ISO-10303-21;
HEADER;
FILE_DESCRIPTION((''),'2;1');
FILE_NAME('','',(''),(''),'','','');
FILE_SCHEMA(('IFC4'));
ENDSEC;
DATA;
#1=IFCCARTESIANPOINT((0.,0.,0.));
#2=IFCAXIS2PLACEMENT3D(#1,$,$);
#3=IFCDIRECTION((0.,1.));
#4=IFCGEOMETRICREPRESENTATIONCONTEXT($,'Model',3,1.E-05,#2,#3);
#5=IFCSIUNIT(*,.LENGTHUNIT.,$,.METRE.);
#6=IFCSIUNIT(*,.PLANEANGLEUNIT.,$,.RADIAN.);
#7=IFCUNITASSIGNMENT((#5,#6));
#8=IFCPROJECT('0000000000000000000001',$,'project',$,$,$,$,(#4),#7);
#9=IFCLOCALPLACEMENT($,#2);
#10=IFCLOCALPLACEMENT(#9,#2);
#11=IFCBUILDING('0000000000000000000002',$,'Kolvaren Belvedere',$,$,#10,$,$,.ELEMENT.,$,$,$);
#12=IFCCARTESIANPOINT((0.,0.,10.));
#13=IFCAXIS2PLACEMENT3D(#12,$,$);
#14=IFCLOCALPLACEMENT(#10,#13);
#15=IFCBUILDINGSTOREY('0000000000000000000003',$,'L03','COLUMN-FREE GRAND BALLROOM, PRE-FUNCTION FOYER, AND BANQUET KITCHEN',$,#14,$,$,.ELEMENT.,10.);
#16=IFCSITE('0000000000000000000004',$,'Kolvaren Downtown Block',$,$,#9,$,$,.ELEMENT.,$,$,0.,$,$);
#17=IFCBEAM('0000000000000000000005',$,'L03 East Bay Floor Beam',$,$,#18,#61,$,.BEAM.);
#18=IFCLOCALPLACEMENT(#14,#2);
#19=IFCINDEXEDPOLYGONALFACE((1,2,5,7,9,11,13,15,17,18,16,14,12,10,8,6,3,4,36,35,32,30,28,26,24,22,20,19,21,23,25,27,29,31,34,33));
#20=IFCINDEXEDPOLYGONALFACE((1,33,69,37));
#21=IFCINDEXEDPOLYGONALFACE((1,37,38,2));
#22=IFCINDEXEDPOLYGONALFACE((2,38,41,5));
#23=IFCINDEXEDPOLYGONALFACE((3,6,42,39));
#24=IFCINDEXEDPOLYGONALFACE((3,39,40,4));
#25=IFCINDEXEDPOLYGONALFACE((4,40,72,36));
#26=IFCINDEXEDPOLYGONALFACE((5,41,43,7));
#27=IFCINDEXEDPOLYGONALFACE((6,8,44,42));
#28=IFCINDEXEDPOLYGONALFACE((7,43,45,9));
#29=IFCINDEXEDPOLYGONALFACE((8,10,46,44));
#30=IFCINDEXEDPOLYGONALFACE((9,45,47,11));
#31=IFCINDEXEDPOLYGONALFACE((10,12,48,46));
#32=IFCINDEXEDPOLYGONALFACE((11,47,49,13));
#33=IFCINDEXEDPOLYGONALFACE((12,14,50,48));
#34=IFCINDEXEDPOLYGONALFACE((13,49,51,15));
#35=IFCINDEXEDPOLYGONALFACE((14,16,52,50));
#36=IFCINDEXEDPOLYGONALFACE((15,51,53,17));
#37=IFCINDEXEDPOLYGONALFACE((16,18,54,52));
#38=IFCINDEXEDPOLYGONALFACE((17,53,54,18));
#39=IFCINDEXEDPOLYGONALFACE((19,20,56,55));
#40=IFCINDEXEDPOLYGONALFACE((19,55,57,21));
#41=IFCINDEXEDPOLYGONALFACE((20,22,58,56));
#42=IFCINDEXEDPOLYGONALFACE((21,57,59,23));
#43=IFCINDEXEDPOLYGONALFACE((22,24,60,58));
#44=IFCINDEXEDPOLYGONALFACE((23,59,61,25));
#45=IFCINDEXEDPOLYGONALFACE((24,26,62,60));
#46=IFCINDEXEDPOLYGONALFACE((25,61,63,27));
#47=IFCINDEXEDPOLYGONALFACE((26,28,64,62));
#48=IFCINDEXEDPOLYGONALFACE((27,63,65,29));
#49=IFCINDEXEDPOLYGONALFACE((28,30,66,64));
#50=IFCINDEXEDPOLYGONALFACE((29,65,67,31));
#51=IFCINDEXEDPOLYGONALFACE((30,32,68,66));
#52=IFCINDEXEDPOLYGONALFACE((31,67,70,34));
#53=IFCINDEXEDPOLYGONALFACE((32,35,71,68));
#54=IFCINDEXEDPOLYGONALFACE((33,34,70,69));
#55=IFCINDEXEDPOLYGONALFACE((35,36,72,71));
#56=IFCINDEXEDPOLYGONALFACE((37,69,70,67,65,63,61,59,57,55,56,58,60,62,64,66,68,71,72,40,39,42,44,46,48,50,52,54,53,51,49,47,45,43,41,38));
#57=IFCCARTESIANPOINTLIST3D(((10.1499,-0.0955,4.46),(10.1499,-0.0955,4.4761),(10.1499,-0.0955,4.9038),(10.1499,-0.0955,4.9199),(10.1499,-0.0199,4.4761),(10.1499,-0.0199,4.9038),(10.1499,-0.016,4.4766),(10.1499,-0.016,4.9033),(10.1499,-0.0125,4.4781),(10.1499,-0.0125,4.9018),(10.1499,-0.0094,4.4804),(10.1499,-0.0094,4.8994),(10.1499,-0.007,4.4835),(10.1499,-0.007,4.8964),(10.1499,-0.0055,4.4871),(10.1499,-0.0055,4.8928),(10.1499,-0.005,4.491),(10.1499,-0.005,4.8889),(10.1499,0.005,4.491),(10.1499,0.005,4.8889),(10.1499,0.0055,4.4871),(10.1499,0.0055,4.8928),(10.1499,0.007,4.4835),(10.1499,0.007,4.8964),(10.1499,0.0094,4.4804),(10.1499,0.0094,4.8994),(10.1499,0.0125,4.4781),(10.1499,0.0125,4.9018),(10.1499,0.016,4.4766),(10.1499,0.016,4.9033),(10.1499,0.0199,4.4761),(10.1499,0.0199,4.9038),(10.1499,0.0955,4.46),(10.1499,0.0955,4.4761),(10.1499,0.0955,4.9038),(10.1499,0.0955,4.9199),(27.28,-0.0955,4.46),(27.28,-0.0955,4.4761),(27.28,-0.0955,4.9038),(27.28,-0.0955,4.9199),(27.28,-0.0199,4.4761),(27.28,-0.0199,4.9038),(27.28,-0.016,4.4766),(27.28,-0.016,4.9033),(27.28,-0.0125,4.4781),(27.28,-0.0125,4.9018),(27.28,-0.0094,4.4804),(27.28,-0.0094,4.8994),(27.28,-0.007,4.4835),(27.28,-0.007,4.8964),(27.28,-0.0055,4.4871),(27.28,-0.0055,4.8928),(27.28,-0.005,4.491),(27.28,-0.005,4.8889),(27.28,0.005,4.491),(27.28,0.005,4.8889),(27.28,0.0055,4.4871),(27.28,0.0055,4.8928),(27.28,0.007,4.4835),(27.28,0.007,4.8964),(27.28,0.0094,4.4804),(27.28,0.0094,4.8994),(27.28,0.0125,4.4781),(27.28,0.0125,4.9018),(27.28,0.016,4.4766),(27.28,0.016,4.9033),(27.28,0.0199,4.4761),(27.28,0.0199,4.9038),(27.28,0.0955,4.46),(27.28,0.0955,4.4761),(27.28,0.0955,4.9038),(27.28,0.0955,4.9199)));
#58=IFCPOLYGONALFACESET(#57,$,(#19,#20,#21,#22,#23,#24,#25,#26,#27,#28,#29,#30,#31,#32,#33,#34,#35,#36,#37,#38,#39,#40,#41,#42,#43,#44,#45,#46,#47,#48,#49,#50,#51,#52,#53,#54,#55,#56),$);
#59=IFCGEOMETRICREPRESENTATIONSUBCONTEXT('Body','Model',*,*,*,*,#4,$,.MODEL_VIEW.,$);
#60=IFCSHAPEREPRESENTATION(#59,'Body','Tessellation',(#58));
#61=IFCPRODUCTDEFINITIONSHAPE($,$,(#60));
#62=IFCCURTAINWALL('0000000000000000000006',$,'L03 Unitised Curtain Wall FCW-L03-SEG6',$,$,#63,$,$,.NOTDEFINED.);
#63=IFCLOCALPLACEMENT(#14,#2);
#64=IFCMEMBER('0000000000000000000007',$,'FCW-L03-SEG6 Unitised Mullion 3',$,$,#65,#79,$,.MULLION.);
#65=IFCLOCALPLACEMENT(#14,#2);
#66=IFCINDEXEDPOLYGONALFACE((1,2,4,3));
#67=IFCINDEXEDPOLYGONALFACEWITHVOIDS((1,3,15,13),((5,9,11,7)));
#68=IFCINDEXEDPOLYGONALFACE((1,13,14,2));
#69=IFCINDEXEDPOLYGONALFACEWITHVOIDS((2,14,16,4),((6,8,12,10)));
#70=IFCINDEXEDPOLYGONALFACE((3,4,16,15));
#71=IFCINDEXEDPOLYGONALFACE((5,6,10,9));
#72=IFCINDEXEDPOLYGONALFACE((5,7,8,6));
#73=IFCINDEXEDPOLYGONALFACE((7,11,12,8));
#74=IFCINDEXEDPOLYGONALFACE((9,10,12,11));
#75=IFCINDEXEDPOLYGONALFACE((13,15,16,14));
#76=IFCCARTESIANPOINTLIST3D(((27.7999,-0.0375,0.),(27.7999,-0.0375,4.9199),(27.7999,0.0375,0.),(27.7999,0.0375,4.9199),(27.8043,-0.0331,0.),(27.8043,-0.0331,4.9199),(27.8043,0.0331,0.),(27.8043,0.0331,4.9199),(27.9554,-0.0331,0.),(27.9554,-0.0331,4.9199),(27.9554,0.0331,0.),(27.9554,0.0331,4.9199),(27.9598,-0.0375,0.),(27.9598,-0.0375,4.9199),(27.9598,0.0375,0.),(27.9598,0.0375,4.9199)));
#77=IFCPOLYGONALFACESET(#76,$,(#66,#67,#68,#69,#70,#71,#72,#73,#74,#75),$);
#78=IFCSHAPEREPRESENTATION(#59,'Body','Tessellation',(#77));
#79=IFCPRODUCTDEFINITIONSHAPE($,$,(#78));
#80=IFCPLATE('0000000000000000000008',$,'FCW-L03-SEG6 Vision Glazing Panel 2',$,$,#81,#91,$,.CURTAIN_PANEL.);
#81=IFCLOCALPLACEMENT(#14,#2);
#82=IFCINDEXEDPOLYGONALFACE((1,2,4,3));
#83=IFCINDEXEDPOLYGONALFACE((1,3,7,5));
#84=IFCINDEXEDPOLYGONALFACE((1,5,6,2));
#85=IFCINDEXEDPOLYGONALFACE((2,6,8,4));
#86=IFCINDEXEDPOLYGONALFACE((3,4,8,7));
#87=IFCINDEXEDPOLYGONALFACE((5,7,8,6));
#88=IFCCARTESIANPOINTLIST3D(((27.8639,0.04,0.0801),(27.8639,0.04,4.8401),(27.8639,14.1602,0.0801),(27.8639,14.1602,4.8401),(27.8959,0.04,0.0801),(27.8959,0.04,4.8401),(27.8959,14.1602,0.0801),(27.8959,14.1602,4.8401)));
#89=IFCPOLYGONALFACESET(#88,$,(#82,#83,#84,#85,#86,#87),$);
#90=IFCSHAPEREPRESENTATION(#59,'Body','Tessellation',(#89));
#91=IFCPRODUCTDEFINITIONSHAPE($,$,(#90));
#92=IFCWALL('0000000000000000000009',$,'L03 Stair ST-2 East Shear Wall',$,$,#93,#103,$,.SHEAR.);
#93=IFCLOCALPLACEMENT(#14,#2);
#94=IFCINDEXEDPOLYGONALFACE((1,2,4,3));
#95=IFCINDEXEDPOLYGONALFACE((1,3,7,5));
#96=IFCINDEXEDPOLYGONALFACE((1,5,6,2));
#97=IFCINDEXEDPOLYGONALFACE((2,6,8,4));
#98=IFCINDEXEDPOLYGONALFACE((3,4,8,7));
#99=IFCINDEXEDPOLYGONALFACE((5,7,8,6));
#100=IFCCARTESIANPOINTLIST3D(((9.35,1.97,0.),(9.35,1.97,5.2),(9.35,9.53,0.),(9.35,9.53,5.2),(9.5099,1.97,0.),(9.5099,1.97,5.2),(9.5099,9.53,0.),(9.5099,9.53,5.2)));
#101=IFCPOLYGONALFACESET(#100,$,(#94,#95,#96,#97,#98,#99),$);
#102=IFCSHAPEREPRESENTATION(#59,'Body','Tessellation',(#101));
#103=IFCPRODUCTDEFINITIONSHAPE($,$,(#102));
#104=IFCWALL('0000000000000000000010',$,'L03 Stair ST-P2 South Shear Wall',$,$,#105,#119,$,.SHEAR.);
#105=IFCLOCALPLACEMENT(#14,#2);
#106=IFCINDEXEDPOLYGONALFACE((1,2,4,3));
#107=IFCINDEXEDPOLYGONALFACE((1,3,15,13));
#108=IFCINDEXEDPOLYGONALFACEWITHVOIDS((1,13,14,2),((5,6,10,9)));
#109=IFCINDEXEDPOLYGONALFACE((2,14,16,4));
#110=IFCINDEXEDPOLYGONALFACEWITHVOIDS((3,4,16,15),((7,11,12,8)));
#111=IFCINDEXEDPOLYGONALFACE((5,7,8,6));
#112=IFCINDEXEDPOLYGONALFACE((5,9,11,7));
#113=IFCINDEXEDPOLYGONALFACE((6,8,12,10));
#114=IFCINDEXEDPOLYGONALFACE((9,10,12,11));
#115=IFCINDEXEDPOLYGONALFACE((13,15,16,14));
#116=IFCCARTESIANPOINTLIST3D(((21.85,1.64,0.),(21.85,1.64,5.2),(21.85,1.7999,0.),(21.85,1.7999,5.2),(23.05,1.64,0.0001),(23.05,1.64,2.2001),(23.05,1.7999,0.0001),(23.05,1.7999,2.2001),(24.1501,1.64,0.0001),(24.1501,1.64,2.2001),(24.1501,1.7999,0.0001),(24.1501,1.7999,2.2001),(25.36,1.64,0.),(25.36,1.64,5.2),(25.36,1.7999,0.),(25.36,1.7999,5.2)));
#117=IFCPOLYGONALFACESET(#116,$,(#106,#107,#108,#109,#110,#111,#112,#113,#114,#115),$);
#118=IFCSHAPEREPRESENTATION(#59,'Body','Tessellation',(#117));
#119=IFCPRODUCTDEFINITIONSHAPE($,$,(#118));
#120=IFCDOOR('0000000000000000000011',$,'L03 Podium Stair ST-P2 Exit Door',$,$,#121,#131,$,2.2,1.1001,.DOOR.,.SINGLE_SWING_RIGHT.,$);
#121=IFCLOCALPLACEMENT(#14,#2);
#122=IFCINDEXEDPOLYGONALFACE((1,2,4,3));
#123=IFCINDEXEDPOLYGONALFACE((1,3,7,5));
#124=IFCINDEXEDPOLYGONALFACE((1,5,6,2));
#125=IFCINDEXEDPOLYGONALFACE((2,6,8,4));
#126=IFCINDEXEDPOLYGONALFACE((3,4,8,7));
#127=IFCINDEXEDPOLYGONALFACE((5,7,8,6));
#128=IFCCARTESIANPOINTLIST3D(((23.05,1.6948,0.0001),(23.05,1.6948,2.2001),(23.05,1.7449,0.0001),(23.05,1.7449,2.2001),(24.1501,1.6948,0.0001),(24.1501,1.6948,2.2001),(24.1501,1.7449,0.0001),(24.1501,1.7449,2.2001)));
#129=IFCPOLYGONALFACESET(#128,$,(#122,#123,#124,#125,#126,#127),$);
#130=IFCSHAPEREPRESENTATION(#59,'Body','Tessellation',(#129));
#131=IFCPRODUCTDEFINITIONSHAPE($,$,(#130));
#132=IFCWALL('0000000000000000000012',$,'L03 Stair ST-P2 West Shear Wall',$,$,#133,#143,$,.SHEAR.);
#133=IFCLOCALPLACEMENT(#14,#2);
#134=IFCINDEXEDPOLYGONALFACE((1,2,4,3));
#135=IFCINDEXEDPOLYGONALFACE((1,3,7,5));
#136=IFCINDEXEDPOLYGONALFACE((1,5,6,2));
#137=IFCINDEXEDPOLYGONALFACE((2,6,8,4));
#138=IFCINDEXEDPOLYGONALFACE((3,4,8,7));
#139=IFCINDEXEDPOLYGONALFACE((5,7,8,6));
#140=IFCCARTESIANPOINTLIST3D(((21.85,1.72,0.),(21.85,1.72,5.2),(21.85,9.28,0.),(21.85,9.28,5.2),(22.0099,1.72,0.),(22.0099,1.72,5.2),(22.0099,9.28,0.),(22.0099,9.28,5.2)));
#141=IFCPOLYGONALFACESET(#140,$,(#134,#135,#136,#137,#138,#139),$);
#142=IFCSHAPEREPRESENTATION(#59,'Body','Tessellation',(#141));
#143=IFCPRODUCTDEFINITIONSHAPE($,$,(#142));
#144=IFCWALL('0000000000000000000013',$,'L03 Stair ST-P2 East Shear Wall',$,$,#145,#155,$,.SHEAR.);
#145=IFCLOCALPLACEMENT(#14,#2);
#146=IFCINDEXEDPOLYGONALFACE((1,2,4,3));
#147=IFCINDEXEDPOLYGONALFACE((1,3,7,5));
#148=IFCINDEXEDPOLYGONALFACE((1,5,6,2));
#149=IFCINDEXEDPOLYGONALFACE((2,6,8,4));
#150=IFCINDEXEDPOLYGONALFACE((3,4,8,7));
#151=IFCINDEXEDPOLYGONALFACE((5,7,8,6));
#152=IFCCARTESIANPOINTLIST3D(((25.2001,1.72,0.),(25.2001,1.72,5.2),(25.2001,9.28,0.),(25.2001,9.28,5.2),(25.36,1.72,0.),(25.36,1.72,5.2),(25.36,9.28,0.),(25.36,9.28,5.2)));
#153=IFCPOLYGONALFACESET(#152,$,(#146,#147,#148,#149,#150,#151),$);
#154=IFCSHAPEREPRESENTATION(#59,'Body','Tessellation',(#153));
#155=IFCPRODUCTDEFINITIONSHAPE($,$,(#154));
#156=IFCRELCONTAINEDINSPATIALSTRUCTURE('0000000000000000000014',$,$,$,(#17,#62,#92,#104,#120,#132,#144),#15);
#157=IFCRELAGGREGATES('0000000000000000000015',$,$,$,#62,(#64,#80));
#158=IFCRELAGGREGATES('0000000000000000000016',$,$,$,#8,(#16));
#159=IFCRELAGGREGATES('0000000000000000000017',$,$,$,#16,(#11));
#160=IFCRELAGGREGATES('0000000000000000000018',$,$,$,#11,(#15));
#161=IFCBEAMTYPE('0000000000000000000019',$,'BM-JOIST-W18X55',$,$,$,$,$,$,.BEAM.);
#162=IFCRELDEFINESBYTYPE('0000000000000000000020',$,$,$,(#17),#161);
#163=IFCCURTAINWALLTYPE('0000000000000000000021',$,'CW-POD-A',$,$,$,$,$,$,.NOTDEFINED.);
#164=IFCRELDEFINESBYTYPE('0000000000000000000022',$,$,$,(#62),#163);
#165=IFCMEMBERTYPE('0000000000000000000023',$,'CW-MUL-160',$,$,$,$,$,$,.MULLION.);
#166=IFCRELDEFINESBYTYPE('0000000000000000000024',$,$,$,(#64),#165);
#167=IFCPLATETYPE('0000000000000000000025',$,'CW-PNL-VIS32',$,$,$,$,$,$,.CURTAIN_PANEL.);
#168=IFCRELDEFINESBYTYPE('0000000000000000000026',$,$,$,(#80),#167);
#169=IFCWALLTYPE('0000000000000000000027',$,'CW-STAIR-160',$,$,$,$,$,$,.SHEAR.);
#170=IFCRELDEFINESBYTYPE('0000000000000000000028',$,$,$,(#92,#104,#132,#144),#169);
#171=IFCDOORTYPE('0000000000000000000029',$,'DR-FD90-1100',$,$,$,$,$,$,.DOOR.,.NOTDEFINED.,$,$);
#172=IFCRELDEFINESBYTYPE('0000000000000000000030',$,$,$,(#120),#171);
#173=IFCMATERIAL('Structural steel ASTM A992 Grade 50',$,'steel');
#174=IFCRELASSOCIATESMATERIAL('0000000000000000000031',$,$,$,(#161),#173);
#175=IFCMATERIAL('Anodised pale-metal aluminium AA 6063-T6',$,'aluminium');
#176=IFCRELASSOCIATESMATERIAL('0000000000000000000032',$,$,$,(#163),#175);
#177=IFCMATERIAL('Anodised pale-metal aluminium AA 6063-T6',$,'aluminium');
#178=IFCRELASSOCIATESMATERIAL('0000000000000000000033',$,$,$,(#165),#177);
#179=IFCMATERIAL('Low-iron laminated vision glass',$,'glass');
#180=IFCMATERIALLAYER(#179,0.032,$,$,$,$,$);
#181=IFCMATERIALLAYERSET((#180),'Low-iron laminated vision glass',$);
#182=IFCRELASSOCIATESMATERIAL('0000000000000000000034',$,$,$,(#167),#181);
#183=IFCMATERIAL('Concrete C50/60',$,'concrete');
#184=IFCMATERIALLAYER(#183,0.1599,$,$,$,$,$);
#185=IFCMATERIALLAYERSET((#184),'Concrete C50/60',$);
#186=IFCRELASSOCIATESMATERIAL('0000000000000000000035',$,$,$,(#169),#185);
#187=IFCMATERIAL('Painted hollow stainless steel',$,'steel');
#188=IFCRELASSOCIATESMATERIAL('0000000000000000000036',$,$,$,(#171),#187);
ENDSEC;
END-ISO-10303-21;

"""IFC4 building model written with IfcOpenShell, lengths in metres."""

from ifc_helpers import new_model, si_unit, direction, frame, frame_2d, origin, origin_2d, place, context, subcontext, project, spatial, rectangle, hollow_rectangle, i_section, extrude, material, layer, layer_set, material_profile, profile_set, type_object, element, fill, aggregate, save


model = new_model("IFC4")

# Units and contexts
model_context = context("Model", 3, precision=1e-05, world=origin(), true_north=direction((0.0, 1.0)))
body_context = subcontext(model_context, "Body", "Model", "MODEL_VIEW")
ifc_project = project(units=[si_unit("LENGTHUNIT", "METRE"), si_unit("PLANEANGLEUNIT", "RADIAN")], contexts=[model_context])

# Site, building, storey
site_placement = place(None, origin())
site = spatial("IfcSite", under=ifc_project, at=site_placement, Name="Kolvaren Downtown Block", CompositionType="ELEMENT", RefElevation=0.0)
building_placement = place(site_placement, origin())
building = spatial("IfcBuilding", under=site, at=building_placement, Name="Kolvaren Belvedere", CompositionType="ELEMENT")
storey_placement = place(building_placement, frame((0.0, 0.0, 10.0)))
storey = spatial("IfcBuildingStorey", under=building, at=storey_placement, Name="L03", Description="COLUMN-FREE GRAND BALLROOM, PRE-FUNCTION FOYER, AND BANQUET KITCHEN", CompositionType="ELEMENT", Elevation=10.0)

# Beam
ifc_material_1 = material(Name="Structural steel ASTM A992 Grade 50", Category="steel")
ifc_material_profile_1 = material_profile(ifc_material_1, i_section(OverallWidth=0.1909, OverallDepth=0.46, WebThickness=0.01, FlangeThickness=0.0161, FilletRadius=0.0149, at=origin_2d()), Name="W18X55")
ifc_profile_set_1 = profile_set([ifc_material_profile_1], Name="Structural steel ASTM A992 Grade 50")
beam_type = type_object("IfcBeamType", Name="BM-JOIST-W18X55", PredefinedType="BEAM", material=ifc_profile_set_1)
beam_placement = place(storey_placement, frame((10.1499, 0.0, 4.6899), z_axis=(1.0, 0.0, 0.0), x_axis=(0.0, 1.0, 0.0)))
element("IfcBeam", 1, at=beam_placement, inside=storey, type_object=beam_type, Name="L03 East Bay Floor Beam", PredefinedType="BEAM", context=body_context, shape_type="SweptSolid", body=[
    extrude(i_section(OverallWidth=0.1909, OverallDepth=0.46, WebThickness=0.01, FlangeThickness=0.0161, FilletRadius=0.0149, at=origin_2d()), origin(), (0.0, 0.0, 1.0), 17.1301),
])

# Curtain wall, member, plate
ifc_material_2 = material(Name="Anodised pale-metal aluminium AA 6063-T6", Category="aluminium")
curtain_wall_type = type_object("IfcCurtainWallType", Name="CW-POD-A", PredefinedType="NOTDEFINED", material=ifc_material_2)
curtain_wall_placement = place(storey_placement, origin())
curtain_wall = element("IfcCurtainWall", 2, at=curtain_wall_placement, inside=storey, type_object=curtain_wall_type, Name="L03 Unitised Curtain Wall FCW-L03-SEG6", PredefinedType="NOTDEFINED")
ifc_material_3 = material(Name="Anodised pale-metal aluminium AA 6063-T6", Category="aluminium")
ifc_material_profile_2 = material_profile(ifc_material_3, hollow_rectangle(XDim=0.075, YDim=0.1599, WallThickness=0.0044, at=origin_2d()), Name="ALU-MUL-160X75")
ifc_profile_set_2 = profile_set([ifc_material_profile_2], Name="Anodised pale-metal aluminium AA 6063-T6")
member_type = type_object("IfcMemberType", Name="CW-MUL-160", PredefinedType="MULLION", material=ifc_profile_set_2)
member_placement = place(storey_placement, frame((27.8799, 0.0, 0.0), z_axis=(0.0, 0.0, 1.0), x_axis=(0.0, 1.0, 0.0)))
member = element("IfcMember", 3, at=member_placement, type_object=member_type, Name="FCW-L03-SEG6 Unitised Mullion 3", PredefinedType="MULLION", context=body_context, shape_type="SweptSolid", body=[
    extrude(hollow_rectangle(XDim=0.075, YDim=0.1599, WallThickness=0.0044, at=origin_2d()), origin(), (0.0, 0.0, 1.0), 4.9199),
])
ifc_material_4 = material(Name="Low-iron laminated vision glass", Category="glass")
ifc_layer_1 = layer(ifc_material_4, 0.032)
ifc_layer_set_1 = layer_set([ifc_layer_1], Name="Low-iron laminated vision glass")
plate_type = type_object("IfcPlateType", Name="CW-PNL-VIS32", PredefinedType="CURTAIN_PANEL", material=ifc_layer_set_1)
plate_placement = place(storey_placement, frame((27.8799, 7.1001, 0.0801), z_axis=(0.0, 0.0, 1.0), x_axis=(0.0, -1.0, 0.0)))
plate = element("IfcPlate", 4, at=plate_placement, type_object=plate_type, Name="FCW-L03-SEG6 Vision Glazing Panel 2", PredefinedType="CURTAIN_PANEL", context=body_context, shape_type="SweptSolid", body=[
    extrude(rectangle(XDim=14.1201, YDim=0.032, at=origin_2d()), origin(), (0.0, 0.0, 1.0), 4.76),
])
aggregate(curtain_wall, [member, plate])

# Wall
ifc_material_5 = material(Name="Concrete C50/60", Category="concrete")
ifc_layer_2 = layer(ifc_material_5, 0.1599)
ifc_layer_set_2 = layer_set([ifc_layer_2], Name="Concrete C50/60")
wall_type_1 = type_object("IfcWallType", Name="CW-STAIR-160", PredefinedType="SHEAR", material=ifc_layer_set_2)
wall_1_placement = place(storey_placement, frame((9.4299, 1.97, 0.0), z_axis=(0.0, 0.0, 1.0), x_axis=(0.0, 1.0, 0.0)))
element("IfcWall", 5, at=wall_1_placement, inside=storey, type_object=wall_type_1, Name="L03 Stair ST-2 East Shear Wall", PredefinedType="SHEAR", context=body_context, shape_type="SweptSolid", body=[
    extrude(rectangle(XDim=7.5601, YDim=0.1599, at=frame_2d((3.78, 0.0))), origin(), (0.0, 0.0, 1.0), 5.2),
])

# Wall, opening, door
wall_2_placement = place(storey_placement, frame((21.8501, 1.72, 0.0), z_axis=(0.0, 0.0, 1.0), x_axis=(1.0, 0.0, 0.0)))
wall_2 = element("IfcWall", 6, at=wall_2_placement, inside=storey, type_object=wall_type_1, Name="L03 Stair ST-P2 South Shear Wall", PredefinedType="SHEAR", context=body_context, shape_type="SweptSolid", body=[
    extrude(rectangle(XDim=3.51, YDim=0.1599, at=frame_2d((1.7549, 0.0))), origin(), (0.0, 0.0, 1.0), 5.2),
])
opening_1_placement = place(wall_2_placement, frame((1.2, 0.0, 0.0)))
opening_1 = element("IfcOpeningElement", 7, at=opening_1_placement, cuts=wall_2, PredefinedType="OPENING", context=body_context, shape_type="SweptSolid", body=[
    extrude(rectangle(XDim=1.1001, YDim=2.2, at=frame_2d((0.55, 1.1001))), frame((0.0, 0.0898, 0.0), z_axis=(0.0, -1.0, 0.0), x_axis=(1.0, 0.0, 0.0)), (0.0, 0.0, 1.0), 0.1799),
])
ifc_material_6 = material(Name="Painted hollow stainless steel", Category="steel")
door_type_1 = type_object("IfcDoorType", Name="DR-FD90-1100", OperationType="NOTDEFINED", PredefinedType="DOOR", material=ifc_material_6)
door_1_placement = place(opening_1_placement, origin())
door_1 = element("IfcDoor", 8, at=door_1_placement, inside=storey, type_object=door_type_1, Name="L03 Podium Stair ST-P2 Exit Door", OperationType="SINGLE_SWING_RIGHT", OverallHeight=2.2, OverallWidth=1.1001, PredefinedType="DOOR", context=body_context, shape_type="SweptSolid", body=[
    extrude(rectangle(XDim=1.1001, YDim=2.2, at=frame_2d((0.55, 1.1001))), frame((0.0, 0.0249, 0.0), z_axis=(0.0, -1.0, 0.0), x_axis=(1.0, 0.0, 0.0)), (0.0, 0.0, 1.0), 0.05),
])
fill(opening_1, door_1)

# Walls
for number, where, z_axis, x_axis, name in (
    (9, (21.9299, 1.72, 0.0), (0.0, 0.0, 1.0), (0.0, 1.0, 0.0), "L03 Stair ST-P2 West Shear Wall"),
    (10, (25.28, 1.72, 0.0), (0.0, 0.0, 1.0), (0.0, 1.0, 0.0), "L03 Stair ST-P2 East Shear Wall"),
):
    element("IfcWall", number, at=place(storey_placement, frame(where, z_axis=z_axis, x_axis=x_axis)), inside=storey, type_object=wall_type_1, Name=name, PredefinedType="SHEAR", context=body_context, shape_type="SweptSolid", body=[
        extrude(rectangle(XDim=7.5601, YDim=0.1599, at=frame_2d((3.78, 0.0))), origin(), (0.0, 0.0, 1.0), 5.2),
    ])

save(model, "model.ifc")
